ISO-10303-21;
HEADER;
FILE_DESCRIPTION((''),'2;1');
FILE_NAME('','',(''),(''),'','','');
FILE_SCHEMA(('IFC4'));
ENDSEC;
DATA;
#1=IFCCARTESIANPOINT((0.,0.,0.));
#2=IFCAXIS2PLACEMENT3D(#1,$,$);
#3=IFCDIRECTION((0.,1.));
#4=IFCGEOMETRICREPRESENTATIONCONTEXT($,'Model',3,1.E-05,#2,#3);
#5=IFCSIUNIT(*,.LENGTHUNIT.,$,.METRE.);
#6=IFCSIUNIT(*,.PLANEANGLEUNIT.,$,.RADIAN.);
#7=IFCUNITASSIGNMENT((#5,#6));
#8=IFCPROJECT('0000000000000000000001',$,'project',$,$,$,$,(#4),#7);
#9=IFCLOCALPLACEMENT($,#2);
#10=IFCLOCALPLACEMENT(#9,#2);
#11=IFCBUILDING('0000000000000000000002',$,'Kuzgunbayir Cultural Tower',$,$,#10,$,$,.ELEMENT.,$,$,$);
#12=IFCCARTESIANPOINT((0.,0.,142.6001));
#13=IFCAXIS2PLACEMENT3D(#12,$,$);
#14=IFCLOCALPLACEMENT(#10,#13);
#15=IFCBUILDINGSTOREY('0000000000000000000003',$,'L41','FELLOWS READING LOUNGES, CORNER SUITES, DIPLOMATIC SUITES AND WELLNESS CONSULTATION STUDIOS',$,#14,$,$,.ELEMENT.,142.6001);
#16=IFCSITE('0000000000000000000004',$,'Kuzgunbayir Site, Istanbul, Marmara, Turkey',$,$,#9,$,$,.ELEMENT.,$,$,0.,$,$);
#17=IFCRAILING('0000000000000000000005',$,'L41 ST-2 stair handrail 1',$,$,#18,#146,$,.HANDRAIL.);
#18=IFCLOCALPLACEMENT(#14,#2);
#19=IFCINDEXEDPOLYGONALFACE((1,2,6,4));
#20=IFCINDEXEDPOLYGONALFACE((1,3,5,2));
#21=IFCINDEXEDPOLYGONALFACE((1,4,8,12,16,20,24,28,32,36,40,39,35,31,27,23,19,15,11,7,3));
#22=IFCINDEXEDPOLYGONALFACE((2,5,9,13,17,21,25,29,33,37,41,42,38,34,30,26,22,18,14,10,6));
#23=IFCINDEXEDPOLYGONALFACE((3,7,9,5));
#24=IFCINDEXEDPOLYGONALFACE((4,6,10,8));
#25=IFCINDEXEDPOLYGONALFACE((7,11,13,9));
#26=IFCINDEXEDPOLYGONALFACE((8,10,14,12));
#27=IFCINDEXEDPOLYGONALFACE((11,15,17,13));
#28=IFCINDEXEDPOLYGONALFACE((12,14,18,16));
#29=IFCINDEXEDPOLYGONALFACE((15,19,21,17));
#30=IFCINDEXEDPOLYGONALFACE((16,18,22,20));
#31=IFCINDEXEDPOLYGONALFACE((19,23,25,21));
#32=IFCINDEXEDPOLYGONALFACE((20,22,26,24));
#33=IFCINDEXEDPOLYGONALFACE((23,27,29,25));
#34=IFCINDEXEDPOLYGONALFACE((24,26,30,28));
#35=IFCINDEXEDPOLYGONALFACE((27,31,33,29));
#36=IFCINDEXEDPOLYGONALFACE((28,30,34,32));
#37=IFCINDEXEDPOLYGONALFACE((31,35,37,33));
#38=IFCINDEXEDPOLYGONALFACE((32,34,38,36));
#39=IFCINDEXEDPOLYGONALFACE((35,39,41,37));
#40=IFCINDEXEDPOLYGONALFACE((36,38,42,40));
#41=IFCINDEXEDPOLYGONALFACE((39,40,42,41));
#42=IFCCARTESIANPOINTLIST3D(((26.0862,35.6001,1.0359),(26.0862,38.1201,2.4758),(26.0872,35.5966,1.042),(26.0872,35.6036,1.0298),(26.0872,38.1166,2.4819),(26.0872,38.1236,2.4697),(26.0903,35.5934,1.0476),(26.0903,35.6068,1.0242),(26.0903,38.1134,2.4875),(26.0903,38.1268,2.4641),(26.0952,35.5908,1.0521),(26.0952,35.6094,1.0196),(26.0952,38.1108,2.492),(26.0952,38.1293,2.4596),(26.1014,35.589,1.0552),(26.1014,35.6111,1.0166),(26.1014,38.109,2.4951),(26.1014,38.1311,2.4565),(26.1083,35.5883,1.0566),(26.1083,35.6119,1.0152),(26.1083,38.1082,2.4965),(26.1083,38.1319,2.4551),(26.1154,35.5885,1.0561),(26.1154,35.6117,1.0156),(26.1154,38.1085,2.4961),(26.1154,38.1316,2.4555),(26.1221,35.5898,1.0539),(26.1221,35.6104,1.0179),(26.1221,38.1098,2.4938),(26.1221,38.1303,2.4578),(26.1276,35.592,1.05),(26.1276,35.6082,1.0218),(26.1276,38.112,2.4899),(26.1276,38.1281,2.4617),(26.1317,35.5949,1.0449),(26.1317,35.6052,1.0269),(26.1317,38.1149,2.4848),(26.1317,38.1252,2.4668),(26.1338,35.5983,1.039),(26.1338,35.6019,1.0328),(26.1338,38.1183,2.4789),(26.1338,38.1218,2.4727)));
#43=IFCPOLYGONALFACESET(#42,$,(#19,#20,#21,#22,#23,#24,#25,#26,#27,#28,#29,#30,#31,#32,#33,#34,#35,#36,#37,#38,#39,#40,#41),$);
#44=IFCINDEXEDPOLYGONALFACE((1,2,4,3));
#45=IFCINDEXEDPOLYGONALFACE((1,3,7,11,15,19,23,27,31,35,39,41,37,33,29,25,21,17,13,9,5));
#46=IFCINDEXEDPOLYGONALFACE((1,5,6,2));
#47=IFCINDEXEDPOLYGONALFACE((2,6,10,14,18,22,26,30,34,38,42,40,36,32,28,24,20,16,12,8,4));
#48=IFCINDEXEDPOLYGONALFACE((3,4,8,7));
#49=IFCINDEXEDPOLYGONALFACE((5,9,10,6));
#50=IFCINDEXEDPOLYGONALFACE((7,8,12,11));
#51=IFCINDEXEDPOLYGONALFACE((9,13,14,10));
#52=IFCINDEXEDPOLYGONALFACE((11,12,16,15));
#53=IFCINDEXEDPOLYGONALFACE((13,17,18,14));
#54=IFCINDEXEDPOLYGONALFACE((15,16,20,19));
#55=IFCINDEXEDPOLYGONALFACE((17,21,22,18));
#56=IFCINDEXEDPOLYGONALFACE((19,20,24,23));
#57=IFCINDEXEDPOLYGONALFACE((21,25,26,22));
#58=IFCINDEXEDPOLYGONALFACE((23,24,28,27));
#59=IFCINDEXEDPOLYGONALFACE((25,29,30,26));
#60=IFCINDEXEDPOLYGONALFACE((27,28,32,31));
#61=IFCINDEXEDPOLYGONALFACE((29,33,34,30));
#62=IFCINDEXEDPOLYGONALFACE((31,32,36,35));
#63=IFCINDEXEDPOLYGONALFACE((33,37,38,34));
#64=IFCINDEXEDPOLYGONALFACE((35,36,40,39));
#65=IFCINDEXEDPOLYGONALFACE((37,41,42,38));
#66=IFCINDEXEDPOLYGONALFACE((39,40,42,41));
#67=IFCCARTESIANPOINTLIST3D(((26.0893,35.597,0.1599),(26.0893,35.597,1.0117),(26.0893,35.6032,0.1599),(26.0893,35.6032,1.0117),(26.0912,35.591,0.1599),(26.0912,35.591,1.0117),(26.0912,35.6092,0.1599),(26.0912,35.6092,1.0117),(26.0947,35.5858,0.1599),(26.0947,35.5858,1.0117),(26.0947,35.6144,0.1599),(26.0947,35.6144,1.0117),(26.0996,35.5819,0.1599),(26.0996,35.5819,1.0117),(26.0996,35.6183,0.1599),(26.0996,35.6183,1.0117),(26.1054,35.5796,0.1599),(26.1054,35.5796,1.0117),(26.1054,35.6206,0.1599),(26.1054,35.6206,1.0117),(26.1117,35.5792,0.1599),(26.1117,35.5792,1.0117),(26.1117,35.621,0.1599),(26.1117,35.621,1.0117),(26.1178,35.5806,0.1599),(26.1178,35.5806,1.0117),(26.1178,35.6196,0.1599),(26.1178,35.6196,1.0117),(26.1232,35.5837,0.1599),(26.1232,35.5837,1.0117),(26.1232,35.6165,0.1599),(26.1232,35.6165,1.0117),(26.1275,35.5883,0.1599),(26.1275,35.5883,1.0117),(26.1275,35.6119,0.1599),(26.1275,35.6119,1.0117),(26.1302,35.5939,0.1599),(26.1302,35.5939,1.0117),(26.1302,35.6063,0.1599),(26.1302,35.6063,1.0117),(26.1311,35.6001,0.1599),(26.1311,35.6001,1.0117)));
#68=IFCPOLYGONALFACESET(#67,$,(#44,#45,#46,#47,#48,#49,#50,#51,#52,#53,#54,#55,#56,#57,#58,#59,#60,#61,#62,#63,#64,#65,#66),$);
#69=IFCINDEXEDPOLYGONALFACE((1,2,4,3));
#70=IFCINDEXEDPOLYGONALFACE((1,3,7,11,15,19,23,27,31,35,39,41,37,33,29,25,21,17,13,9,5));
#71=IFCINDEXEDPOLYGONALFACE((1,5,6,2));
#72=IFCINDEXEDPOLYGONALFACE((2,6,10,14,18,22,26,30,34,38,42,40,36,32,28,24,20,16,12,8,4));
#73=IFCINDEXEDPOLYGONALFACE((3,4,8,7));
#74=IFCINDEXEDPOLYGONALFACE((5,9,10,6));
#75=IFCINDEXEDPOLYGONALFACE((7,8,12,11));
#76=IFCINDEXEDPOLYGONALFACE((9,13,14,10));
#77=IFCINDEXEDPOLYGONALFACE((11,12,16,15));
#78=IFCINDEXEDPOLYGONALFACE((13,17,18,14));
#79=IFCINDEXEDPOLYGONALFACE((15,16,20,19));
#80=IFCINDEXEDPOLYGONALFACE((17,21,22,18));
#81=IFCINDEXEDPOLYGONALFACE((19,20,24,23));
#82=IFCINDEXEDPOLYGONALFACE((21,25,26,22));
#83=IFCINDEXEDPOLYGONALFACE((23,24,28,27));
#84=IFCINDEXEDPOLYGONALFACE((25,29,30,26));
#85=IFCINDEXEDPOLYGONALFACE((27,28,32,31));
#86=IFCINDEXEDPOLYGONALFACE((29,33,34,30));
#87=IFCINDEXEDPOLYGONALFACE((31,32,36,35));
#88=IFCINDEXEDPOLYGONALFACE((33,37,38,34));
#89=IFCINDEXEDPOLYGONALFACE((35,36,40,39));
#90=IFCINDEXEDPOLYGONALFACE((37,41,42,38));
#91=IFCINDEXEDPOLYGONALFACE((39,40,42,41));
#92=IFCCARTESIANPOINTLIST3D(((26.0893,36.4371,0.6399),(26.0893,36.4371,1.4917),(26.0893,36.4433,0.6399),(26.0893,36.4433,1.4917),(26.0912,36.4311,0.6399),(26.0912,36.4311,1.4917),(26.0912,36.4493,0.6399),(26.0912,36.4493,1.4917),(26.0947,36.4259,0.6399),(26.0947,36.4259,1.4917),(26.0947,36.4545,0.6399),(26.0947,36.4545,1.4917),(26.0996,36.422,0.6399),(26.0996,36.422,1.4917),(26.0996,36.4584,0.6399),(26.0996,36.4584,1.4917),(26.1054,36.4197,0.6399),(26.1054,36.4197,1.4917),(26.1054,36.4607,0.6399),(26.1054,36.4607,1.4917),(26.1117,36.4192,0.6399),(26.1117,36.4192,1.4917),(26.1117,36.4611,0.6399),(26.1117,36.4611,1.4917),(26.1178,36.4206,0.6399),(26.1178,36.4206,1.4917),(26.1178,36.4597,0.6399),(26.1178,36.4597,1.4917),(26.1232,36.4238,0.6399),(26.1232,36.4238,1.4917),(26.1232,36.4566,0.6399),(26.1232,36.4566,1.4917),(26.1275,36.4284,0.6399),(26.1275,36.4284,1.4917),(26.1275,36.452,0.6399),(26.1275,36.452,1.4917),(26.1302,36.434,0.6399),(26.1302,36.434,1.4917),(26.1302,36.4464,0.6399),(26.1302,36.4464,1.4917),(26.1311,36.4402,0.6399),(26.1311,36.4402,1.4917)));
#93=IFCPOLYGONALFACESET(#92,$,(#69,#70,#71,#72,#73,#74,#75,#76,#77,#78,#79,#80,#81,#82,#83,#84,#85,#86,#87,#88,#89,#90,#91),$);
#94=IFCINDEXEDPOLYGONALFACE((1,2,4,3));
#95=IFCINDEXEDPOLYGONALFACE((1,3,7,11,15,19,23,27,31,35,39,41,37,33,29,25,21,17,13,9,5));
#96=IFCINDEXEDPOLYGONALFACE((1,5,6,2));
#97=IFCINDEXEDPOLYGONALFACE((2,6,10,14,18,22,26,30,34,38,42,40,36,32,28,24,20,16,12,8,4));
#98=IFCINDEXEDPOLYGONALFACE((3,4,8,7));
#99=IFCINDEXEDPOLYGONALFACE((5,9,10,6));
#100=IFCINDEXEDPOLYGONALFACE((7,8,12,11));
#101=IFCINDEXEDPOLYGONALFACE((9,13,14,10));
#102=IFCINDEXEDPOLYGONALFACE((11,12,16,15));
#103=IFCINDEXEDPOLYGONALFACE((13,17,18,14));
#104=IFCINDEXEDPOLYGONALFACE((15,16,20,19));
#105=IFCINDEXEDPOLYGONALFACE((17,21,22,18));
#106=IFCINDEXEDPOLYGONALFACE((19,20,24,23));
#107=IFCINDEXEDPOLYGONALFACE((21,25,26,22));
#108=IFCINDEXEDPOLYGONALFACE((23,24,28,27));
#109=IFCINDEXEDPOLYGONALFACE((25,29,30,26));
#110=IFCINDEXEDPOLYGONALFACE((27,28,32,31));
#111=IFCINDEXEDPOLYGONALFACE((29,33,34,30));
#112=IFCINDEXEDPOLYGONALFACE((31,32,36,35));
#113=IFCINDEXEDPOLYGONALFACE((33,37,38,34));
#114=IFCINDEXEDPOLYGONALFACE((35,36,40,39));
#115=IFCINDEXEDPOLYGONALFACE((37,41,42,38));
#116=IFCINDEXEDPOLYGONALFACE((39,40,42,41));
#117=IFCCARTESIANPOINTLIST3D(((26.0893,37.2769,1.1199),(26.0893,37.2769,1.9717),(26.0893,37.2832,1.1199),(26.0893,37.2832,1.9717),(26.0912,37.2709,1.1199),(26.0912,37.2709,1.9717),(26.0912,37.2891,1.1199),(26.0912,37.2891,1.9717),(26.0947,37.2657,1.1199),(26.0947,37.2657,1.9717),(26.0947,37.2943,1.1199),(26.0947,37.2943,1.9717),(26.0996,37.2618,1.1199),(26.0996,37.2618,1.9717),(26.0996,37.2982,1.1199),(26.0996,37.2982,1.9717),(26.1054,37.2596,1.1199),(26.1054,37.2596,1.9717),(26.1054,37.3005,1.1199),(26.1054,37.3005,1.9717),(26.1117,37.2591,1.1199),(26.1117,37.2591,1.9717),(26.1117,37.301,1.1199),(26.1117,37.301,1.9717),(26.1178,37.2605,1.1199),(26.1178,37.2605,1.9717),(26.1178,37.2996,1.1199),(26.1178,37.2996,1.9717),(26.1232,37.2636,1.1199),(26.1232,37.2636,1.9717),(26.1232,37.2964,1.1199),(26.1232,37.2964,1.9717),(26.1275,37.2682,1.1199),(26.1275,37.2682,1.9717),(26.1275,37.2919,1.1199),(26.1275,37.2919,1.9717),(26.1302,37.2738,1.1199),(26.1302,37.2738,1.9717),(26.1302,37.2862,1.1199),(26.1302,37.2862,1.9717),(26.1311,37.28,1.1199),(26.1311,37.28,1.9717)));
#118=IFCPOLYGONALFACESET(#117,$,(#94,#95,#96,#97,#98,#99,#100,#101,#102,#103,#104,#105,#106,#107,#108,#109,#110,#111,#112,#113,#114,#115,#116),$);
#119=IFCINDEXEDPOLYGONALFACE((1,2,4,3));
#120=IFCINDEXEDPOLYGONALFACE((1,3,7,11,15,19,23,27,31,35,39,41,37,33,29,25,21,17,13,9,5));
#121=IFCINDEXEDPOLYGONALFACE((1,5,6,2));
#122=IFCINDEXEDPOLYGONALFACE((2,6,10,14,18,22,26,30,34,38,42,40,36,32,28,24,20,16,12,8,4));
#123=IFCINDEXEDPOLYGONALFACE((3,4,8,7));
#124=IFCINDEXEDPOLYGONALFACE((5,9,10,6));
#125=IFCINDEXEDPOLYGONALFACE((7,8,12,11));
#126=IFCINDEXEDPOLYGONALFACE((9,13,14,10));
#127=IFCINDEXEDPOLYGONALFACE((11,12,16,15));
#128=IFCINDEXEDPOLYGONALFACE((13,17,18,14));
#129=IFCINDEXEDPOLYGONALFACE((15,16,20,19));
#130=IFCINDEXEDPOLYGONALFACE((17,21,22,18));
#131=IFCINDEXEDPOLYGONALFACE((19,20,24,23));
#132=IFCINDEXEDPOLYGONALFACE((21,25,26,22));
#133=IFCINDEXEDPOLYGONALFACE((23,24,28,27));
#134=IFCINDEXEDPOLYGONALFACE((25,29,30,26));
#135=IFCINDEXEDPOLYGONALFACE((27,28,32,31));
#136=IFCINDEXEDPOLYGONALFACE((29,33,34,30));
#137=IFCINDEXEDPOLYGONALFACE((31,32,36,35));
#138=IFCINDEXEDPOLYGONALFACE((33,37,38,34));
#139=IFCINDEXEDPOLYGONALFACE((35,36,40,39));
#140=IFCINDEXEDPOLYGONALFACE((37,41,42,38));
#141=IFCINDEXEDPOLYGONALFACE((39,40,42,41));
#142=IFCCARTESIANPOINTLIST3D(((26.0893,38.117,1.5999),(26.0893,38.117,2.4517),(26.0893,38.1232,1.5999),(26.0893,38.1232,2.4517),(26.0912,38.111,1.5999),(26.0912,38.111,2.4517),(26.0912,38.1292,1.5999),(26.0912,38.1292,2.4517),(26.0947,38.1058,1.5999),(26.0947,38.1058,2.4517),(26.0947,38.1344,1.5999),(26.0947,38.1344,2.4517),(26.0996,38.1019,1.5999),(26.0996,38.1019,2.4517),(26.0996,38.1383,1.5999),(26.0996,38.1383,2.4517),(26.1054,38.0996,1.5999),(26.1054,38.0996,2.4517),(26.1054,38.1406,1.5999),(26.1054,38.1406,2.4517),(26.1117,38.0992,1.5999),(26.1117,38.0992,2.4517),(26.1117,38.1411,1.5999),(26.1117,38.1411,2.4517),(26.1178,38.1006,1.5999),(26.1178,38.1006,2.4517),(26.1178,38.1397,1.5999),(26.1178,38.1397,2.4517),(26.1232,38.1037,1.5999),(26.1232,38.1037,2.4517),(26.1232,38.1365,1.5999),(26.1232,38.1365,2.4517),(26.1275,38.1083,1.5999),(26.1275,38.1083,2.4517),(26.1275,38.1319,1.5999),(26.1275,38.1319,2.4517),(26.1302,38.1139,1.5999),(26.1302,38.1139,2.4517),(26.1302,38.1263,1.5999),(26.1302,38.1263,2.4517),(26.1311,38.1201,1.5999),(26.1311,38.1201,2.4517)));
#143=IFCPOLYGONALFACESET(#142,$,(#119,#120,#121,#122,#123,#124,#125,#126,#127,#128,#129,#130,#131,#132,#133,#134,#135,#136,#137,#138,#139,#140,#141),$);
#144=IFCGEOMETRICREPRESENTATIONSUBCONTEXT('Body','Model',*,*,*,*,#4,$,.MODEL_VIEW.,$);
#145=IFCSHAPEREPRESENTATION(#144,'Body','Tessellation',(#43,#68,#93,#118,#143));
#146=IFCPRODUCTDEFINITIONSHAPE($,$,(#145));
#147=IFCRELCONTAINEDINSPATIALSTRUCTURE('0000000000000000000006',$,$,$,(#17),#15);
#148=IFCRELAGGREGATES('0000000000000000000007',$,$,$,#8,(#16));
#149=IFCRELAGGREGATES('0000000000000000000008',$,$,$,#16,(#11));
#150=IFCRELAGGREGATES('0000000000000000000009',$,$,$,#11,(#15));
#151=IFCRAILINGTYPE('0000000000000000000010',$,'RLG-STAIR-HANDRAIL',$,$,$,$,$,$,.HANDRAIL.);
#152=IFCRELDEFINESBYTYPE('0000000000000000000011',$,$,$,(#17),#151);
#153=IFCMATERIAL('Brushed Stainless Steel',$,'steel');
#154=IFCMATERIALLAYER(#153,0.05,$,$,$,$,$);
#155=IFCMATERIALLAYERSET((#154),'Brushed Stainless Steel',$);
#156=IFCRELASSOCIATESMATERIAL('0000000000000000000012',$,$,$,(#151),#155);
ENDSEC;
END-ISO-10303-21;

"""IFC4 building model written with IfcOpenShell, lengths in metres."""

from ifc_helpers import new_model, si_unit, direction, frame, origin, origin_2d, place, context, subcontext, project, spatial, circle, extrude, material, layer, layer_set, type_object, element, save


model = new_model("IFC4")

# Units and contexts
model_context = context("Model", 3, precision=1e-05, world=origin(), true_north=direction((0.0, 1.0)))
body_context = subcontext(model_context, "Body", "Model", "MODEL_VIEW")
ifc_project = project(units=[si_unit("LENGTHUNIT", "METRE"), si_unit("PLANEANGLEUNIT", "RADIAN")], contexts=[model_context])

# Site, building, storey
site_placement = place(None, origin())
site = spatial("IfcSite", under=ifc_project, at=site_placement, Name="Kuzgunbayir Site, Istanbul, Marmara, Turkey", CompositionType="ELEMENT", RefElevation=0.0)
building_placement = place(site_placement, origin())
building = spatial("IfcBuilding", under=site, at=building_placement, Name="Kuzgunbayir Cultural Tower", CompositionType="ELEMENT")
storey_placement = place(building_placement, frame((0.0, 0.0, 142.6001)))
storey = spatial("IfcBuildingStorey", under=building, at=storey_placement, Name="L41", Description="FELLOWS READING LOUNGES, CORNER SUITES, DIPLOMATIC SUITES AND WELLNESS CONSULTATION STUDIOS", CompositionType="ELEMENT", Elevation=142.6001)

# Shared definitions
ifc_material_1 = material(Name="Brushed Stainless Steel", Category="steel")

# Railing
ifc_layer_1 = layer(ifc_material_1, 0.05)
ifc_layer_set_1 = layer_set([ifc_layer_1], Name="Brushed Stainless Steel")
railing_type_1 = type_object("IfcRailingType", Name="RLG-STAIR-HANDRAIL", PredefinedType="HANDRAIL", material=ifc_layer_set_1)
railing_1_placement = place(storey_placement, frame((26.1101, 35.6001, 0.1599)))
element("IfcRailing", 1, at=railing_1_placement, inside=storey, type_object=railing_type_1, Name="L41 ST-2 stair handrail 1", PredefinedType="HANDRAIL", context=body_context, shape_type="SweptSolid", body=[
    extrude(circle(Radius=0.0239, at=origin_2d()), frame((0.0, 0.0, 0.876), z_axis=(0.0, 0.868253, 0.496121), x_axis=(-1.0, 0.0, 0.0)), (0.0, 0.0, 1.0), 2.9023),
    extrude(circle(Radius=0.021, at=origin_2d()), origin(), (0.0, 0.0, 1.0), 0.8518),
    extrude(circle(Radius=0.021, at=origin_2d()), frame((0.0, 0.8401, 0.48)), (0.0, 0.0, 1.0), 0.8518),
    extrude(circle(Radius=0.021, at=origin_2d()), frame((0.0, 1.6799, 0.96)), (0.0, 0.0, 1.0), 0.8518),
    extrude(circle(Radius=0.021, at=origin_2d()), frame((0.0, 2.52, 1.4399)), (0.0, 0.0, 1.0), 0.8518),
])

save(model, "model.ifc")
